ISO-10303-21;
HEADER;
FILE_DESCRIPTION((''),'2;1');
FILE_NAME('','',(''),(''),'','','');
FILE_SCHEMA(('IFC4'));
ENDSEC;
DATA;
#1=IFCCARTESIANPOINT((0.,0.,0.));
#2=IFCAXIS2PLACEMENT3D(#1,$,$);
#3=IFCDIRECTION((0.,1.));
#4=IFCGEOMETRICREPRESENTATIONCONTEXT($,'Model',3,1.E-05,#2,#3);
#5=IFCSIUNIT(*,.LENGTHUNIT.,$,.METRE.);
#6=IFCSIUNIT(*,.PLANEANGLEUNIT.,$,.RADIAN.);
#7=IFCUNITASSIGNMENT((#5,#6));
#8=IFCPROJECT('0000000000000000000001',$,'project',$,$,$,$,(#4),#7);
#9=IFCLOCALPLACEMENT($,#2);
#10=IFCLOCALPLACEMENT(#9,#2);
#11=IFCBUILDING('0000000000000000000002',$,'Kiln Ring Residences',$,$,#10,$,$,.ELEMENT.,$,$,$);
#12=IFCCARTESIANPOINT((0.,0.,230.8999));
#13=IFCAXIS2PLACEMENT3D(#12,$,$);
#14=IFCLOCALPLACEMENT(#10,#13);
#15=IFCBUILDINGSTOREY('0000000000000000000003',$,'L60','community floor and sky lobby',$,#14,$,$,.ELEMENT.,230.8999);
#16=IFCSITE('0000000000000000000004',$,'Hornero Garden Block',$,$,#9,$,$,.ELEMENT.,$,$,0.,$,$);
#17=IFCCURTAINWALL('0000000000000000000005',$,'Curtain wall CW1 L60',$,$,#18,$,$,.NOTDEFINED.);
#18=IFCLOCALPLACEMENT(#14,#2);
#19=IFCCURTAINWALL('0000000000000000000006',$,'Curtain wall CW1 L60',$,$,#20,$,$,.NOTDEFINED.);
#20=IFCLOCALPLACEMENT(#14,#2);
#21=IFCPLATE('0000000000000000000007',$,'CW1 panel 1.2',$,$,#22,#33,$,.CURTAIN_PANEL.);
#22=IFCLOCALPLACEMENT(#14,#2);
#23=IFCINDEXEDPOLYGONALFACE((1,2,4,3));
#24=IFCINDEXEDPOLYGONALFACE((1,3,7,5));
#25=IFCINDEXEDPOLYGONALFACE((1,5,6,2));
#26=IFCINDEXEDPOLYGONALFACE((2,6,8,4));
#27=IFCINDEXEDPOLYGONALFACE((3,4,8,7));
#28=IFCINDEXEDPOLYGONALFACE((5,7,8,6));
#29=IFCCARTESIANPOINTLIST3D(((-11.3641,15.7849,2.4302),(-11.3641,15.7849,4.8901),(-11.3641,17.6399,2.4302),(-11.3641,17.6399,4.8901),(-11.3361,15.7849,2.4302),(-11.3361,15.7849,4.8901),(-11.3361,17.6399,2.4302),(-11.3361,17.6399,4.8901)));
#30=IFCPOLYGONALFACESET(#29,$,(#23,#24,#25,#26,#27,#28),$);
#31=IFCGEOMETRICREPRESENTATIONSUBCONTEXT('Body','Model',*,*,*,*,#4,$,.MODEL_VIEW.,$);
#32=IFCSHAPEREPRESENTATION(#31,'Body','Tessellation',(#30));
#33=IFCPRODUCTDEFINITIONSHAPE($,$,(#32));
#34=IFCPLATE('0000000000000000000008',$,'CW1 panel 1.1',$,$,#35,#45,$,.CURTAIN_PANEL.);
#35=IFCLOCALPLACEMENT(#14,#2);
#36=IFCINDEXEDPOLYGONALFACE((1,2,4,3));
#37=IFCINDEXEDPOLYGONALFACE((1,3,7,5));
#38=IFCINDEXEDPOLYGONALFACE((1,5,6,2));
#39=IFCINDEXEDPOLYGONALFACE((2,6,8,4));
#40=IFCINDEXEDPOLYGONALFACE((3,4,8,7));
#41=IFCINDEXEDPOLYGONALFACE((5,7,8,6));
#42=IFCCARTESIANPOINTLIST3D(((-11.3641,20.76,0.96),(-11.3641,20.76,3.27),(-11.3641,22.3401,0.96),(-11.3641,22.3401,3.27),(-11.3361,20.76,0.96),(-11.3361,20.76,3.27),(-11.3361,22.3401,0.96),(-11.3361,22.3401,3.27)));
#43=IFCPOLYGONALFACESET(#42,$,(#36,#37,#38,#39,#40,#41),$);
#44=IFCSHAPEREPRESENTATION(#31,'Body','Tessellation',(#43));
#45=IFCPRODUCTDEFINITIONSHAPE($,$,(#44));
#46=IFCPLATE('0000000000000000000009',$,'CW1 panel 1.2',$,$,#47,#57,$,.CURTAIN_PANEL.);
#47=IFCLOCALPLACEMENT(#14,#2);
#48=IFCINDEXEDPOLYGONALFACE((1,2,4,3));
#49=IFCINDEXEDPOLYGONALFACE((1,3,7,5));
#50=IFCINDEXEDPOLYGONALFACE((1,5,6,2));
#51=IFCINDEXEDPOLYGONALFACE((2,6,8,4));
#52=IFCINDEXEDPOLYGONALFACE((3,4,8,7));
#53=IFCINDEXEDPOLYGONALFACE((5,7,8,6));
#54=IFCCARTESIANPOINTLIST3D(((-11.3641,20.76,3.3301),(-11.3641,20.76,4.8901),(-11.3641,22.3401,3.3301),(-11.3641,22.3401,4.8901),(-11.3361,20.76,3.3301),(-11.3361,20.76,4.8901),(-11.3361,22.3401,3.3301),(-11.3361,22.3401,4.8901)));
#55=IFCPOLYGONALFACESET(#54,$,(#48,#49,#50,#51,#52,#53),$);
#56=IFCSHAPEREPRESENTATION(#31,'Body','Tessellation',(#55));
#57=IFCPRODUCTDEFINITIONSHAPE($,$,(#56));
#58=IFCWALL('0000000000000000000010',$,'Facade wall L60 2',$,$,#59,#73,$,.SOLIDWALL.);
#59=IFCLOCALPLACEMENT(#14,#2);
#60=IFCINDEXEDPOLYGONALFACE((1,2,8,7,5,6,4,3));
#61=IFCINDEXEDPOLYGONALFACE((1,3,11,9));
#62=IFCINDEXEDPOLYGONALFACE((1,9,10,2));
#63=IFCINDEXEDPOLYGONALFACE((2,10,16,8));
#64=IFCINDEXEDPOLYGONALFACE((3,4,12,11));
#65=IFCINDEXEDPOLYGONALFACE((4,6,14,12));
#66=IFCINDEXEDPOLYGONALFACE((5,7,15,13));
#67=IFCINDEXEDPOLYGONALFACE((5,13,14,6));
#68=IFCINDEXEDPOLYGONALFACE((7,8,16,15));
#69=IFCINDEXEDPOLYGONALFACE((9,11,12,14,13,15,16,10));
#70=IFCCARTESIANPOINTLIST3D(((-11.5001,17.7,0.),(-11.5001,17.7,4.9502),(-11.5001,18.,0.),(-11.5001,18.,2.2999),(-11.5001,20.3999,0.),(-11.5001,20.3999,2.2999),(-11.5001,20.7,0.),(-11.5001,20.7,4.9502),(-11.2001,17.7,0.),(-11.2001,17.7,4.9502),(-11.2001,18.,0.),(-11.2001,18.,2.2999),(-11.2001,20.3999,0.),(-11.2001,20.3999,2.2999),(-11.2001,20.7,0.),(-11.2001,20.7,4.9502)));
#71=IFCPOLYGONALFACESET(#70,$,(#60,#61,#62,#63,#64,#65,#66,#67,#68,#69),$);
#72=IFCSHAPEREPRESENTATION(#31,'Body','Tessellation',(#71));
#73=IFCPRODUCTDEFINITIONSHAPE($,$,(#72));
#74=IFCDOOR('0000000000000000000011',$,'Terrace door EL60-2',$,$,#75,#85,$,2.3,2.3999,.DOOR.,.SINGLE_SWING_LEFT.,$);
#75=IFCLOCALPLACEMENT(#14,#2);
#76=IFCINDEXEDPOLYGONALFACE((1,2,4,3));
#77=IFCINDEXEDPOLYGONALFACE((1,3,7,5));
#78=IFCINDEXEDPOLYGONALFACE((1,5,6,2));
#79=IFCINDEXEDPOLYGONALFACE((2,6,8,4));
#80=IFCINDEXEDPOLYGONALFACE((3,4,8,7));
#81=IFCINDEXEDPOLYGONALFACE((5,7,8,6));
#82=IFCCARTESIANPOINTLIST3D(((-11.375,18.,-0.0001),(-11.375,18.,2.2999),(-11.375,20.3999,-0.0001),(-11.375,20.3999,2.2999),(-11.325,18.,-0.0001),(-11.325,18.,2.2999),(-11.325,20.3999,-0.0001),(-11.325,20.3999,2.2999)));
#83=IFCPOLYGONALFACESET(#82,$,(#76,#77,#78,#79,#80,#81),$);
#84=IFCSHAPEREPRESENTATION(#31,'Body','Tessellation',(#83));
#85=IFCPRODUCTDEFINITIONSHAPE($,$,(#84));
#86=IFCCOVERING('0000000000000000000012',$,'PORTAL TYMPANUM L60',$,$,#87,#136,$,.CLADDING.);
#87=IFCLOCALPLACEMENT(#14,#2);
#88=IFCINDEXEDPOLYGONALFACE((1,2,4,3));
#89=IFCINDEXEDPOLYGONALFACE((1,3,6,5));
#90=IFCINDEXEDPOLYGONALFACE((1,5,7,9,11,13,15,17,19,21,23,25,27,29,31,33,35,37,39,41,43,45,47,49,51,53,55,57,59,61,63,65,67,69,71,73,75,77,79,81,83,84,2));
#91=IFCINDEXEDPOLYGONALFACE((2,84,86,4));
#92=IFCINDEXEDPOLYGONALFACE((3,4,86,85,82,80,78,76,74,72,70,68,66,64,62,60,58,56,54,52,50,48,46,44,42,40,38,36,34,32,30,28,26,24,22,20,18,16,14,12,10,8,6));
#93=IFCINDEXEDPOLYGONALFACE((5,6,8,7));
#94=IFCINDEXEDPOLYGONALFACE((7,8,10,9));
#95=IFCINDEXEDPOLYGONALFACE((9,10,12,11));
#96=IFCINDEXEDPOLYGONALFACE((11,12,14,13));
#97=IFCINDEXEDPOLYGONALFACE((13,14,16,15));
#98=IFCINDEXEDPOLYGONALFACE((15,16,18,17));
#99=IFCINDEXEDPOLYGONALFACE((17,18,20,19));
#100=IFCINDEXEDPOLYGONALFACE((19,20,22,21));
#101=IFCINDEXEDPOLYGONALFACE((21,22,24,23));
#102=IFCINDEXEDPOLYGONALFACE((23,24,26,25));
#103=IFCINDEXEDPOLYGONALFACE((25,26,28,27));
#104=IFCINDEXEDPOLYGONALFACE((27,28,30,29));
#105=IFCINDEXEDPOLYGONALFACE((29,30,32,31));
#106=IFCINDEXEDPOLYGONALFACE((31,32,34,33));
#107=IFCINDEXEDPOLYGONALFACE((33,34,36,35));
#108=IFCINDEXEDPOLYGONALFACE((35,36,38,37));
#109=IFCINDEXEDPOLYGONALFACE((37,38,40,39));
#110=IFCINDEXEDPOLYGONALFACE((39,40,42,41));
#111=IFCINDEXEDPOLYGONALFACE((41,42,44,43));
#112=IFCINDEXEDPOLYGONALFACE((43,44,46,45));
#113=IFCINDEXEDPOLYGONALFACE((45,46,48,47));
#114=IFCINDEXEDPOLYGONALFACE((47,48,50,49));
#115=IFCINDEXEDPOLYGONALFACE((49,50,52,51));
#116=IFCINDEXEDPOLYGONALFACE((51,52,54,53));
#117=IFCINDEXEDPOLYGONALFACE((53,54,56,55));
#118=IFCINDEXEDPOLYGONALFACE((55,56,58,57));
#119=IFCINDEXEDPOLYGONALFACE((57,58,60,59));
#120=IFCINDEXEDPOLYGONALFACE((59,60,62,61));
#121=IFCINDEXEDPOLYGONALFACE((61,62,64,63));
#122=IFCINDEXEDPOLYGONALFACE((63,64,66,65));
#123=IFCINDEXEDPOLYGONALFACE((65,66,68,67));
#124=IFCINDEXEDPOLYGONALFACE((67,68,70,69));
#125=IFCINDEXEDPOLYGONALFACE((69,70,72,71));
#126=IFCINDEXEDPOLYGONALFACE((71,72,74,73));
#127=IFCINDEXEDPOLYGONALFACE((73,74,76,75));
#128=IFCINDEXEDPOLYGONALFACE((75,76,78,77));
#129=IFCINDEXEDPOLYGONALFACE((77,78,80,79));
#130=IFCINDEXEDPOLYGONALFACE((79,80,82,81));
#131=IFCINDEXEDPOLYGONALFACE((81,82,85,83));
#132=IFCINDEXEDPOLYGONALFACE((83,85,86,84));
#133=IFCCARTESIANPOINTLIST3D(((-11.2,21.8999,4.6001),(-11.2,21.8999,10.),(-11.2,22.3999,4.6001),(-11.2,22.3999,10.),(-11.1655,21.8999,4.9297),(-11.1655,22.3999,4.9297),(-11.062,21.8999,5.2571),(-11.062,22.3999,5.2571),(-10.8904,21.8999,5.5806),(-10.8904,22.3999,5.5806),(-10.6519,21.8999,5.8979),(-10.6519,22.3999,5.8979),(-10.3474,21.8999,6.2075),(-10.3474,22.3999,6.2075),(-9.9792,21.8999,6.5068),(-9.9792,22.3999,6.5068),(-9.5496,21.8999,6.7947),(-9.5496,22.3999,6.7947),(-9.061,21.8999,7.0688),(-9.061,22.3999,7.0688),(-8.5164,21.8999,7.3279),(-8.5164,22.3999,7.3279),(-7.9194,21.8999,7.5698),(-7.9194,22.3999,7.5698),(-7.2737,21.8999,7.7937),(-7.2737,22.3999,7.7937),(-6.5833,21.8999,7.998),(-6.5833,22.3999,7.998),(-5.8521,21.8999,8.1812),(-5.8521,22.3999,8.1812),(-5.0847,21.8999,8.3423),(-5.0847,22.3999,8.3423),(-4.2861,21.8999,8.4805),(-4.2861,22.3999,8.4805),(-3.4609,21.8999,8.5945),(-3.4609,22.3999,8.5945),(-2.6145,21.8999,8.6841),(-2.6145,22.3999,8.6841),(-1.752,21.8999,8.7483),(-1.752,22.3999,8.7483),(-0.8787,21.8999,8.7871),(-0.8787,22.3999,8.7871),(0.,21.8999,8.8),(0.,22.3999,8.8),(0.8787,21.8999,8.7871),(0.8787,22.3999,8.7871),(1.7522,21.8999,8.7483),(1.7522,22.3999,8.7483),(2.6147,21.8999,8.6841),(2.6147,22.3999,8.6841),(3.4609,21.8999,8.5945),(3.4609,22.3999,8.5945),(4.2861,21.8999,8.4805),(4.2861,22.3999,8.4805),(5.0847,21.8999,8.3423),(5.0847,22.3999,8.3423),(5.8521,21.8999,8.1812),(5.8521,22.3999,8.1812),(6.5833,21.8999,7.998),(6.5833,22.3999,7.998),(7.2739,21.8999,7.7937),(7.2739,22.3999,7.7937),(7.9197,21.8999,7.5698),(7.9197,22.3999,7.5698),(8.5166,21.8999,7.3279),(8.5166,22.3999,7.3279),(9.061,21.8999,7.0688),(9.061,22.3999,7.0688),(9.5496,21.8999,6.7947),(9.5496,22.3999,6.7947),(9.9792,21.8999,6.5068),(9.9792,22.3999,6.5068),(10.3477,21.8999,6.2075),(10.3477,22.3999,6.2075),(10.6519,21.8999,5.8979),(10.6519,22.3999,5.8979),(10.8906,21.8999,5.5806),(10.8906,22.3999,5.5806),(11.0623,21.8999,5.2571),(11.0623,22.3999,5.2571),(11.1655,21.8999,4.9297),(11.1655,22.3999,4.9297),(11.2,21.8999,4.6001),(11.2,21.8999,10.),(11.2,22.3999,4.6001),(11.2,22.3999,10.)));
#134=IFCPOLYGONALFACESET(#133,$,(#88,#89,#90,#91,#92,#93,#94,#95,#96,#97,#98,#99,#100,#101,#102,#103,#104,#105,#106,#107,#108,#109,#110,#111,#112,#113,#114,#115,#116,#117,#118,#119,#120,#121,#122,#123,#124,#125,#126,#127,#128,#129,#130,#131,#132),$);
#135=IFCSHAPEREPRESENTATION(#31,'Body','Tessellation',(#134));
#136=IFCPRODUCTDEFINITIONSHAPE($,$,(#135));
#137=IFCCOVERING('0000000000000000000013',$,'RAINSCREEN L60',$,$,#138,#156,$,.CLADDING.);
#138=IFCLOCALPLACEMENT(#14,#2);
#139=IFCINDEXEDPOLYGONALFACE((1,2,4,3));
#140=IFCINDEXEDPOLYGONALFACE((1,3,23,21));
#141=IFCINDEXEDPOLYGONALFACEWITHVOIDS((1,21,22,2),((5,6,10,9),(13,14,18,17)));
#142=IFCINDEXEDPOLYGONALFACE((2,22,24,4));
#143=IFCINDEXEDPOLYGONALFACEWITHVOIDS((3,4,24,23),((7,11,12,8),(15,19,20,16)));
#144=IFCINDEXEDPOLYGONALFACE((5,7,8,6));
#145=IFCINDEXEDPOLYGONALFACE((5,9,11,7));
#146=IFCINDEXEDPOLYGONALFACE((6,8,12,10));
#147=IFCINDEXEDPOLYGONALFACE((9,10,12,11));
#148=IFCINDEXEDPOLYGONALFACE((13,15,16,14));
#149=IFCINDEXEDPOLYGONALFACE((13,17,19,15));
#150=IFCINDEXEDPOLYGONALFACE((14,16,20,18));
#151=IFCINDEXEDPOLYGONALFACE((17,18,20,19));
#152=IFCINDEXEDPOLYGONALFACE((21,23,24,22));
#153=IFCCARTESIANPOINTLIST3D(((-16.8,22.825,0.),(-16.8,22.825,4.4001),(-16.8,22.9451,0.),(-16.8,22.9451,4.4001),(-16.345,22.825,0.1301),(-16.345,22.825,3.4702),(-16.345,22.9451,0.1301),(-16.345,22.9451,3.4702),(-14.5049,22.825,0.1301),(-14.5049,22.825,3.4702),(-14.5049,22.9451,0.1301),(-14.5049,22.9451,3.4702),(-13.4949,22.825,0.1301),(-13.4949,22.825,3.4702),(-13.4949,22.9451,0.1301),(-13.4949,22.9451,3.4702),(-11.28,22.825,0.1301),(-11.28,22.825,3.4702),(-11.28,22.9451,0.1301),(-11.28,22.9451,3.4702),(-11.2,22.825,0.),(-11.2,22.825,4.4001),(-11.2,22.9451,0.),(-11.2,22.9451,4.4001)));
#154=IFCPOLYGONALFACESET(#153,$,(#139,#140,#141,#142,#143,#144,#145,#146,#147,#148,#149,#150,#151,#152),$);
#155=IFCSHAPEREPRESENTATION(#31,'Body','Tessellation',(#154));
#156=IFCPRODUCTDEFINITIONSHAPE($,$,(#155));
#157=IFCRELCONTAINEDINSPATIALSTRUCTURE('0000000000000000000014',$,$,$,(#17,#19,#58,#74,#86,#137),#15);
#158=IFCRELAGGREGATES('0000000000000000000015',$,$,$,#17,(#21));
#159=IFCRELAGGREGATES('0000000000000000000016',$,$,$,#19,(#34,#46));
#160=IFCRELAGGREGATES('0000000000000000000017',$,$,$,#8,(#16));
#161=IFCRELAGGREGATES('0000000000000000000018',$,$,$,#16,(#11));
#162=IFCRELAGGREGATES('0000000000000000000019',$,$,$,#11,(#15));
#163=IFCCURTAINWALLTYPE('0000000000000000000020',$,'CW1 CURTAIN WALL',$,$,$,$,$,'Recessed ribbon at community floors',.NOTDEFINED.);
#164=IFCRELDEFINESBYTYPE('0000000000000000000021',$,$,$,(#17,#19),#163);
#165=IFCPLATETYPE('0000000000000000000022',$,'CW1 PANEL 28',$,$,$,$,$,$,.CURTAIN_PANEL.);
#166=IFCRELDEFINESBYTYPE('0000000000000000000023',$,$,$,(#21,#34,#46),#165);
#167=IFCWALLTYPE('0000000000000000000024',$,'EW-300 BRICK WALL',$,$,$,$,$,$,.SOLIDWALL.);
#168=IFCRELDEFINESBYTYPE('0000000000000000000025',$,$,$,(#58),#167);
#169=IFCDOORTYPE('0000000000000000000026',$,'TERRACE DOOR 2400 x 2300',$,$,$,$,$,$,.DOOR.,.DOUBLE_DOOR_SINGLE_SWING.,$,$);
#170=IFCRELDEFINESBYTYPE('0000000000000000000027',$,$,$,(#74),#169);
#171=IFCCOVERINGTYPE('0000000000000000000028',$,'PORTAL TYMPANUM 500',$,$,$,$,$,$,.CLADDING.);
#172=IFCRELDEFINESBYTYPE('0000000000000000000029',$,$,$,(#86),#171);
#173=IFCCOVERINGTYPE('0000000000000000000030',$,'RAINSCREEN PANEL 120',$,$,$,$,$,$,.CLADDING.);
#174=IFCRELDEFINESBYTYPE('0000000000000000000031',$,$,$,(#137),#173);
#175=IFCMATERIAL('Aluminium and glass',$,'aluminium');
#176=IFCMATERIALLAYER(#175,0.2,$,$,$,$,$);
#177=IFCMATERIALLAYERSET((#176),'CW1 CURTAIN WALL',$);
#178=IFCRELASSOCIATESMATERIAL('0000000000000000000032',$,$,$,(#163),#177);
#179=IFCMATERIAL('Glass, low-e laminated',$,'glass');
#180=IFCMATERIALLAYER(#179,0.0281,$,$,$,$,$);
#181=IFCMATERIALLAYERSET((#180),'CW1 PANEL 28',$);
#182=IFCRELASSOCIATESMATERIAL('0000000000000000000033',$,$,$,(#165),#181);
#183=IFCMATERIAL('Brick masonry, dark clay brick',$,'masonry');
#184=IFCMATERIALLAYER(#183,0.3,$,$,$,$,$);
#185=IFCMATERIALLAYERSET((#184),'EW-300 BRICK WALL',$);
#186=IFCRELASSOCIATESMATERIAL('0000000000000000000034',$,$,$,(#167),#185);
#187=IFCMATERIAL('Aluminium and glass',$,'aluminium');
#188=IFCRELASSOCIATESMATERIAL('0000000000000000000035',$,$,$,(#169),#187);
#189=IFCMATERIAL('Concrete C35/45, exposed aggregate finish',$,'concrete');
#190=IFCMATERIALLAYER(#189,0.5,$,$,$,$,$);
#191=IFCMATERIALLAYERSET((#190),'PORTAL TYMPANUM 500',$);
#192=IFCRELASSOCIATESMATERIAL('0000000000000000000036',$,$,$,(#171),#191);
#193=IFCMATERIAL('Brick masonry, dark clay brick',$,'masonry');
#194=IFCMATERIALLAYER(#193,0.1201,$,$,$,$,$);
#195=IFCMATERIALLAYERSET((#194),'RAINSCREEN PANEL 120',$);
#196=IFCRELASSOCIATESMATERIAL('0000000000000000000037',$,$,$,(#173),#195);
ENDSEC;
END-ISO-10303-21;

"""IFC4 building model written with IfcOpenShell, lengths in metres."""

from ifc_helpers import new_model, si_unit, direction, frame, frame_2d, origin, origin_2d, place, context, subcontext, project, spatial, polyline, rectangle, outline, extrude, material, layer, layer_set, type_object, element, fill, aggregate, save


model = new_model("IFC4")

# Units and contexts
model_context = context("Model", 3, precision=1e-05, world=origin(), true_north=direction((0.0, 1.0)))
body_context = subcontext(model_context, "Body", "Model", "MODEL_VIEW")
ifc_project = project(units=[si_unit("LENGTHUNIT", "METRE"), si_unit("PLANEANGLEUNIT", "RADIAN")], contexts=[model_context])

# Site, building, storey
site_placement = place(None, origin())
site = spatial("IfcSite", under=ifc_project, at=site_placement, Name="Hornero Garden Block", CompositionType="ELEMENT", RefElevation=0.0)
building_placement = place(site_placement, origin())
building = spatial("IfcBuilding", under=site, at=building_placement, Name="Kiln Ring Residences", CompositionType="ELEMENT")
storey_placement = place(building_placement, frame((0.0, 0.0, 230.8999)))
storey = spatial("IfcBuildingStorey", under=building, at=storey_placement, Name="L60", Description="community floor and sky lobby", CompositionType="ELEMENT", Elevation=230.8999)

# Curtain wall
ifc_material_1 = material(Name="Aluminium and glass", Category="aluminium")
ifc_layer_1 = layer(ifc_material_1, 0.2)
ifc_layer_set_1 = layer_set([ifc_layer_1], Name="CW1 CURTAIN WALL")
curtain_wall_type = type_object("IfcCurtainWallType", Name="CW1 CURTAIN WALL", ElementType="Recessed ribbon at community floors", PredefinedType="NOTDEFINED", material=ifc_layer_set_1)
placement = place(storey_placement, origin())
curtain_wall_1 = element("IfcCurtainWall", 1, at=placement, inside=storey, type_object=curtain_wall_type, Name="Curtain wall CW1 L60", PredefinedType="NOTDEFINED")

# Curtain wall
curtain_wall_2 = element("IfcCurtainWall", 2, at=placement, inside=storey, type_object=curtain_wall_type, Name="Curtain wall CW1 L60", PredefinedType="NOTDEFINED")

# Plates
ifc_material_2 = material(Name="Glass, low-e laminated", Category="glass")
ifc_layer_2 = layer(ifc_material_2, 0.0281)
ifc_layer_set_2 = layer_set([ifc_layer_2], Name="CW1 PANEL 28")
plate_type = type_object("IfcPlateType", Name="CW1 PANEL 28", PredefinedType="CURTAIN_PANEL", material=ifc_layer_set_2)
plate_1_placement = place(storey_placement, frame((-11.3501, 16.7124, 2.4302), z_axis=(0.0, 0.0, 1.0), x_axis=(0.0, 1.0, 0.0)))
plate_1 = element("IfcPlate", 3, at=plate_1_placement, type_object=plate_type, Name="CW1 panel 1.2", PredefinedType="CURTAIN_PANEL", context=body_context, shape_type="SweptSolid", body=[
    extrude(rectangle(XDim=1.855, YDim=0.0281, at=origin_2d()), origin(), (0.0, 0.0, 1.0), 2.46),
])
aggregate(curtain_wall_1, [plate_1])
plate_2_placement = place(storey_placement, frame((-11.3501, 21.55, 0.96), z_axis=(0.0, 0.0, 1.0), x_axis=(0.0, 1.0, 0.0)))
plate_2 = element("IfcPlate", 4, at=plate_2_placement, type_object=plate_type, Name="CW1 panel 1.1", PredefinedType="CURTAIN_PANEL", context=body_context, shape_type="SweptSolid", body=[
    extrude(rectangle(XDim=1.5801, YDim=0.0281, at=origin_2d()), origin(), (0.0, 0.0, 1.0), 2.3101),
])
plate_3_placement = place(storey_placement, frame((-11.3501, 21.55, 3.3301), z_axis=(0.0, 0.0, 1.0), x_axis=(0.0, 1.0, 0.0)))
plate_3 = element("IfcPlate", 5, at=plate_3_placement, type_object=plate_type, Name="CW1 panel 1.2", PredefinedType="CURTAIN_PANEL", context=body_context, shape_type="SweptSolid", body=[
    extrude(rectangle(XDim=1.5801, YDim=0.0281, at=origin_2d()), origin(), (0.0, 0.0, 1.0), 1.5601),
])
aggregate(curtain_wall_2, [plate_2, plate_3])

# Wall, opening, door
ifc_material_3 = material(Name="Brick masonry, dark clay brick", Category="masonry")
ifc_layer_3 = layer(ifc_material_3, 0.3)
ifc_layer_set_3 = layer_set([ifc_layer_3], Name="EW-300 BRICK WALL")
wall_type = type_object("IfcWallType", Name="EW-300 BRICK WALL", PredefinedType="SOLIDWALL", material=ifc_layer_set_3)
wall_placement = place(storey_placement, frame((-11.3501, 17.7, 0.0), z_axis=(0.0, 0.0, 1.0), x_axis=(0.0, 1.0, 0.0)))
wall = element("IfcWall", 6, at=wall_placement, inside=storey, type_object=wall_type, Name="Facade wall L60 2", PredefinedType="SOLIDWALL", context=body_context, shape_type="SweptSolid", body=[
    extrude(rectangle(XDim=3.0, YDim=0.3, at=frame_2d((1.5, 0.0))), origin(), (0.0, 0.0, 1.0), 4.9502),
])
opening_placement = place(wall_placement, frame((0.3, 0.0, 0.0)))
opening = element("IfcOpeningElement", 7, at=opening_placement, cuts=wall, PredefinedType="OPENING", context=body_context, shape_type="SweptSolid", body=[
    extrude(rectangle(XDim=2.3999, YDim=2.3, at=frame_2d((1.2, 1.1499))), frame((0.0, 0.1599, 0.0), z_axis=(0.0, -1.0, 0.0), x_axis=(1.0, 0.0, 0.0)), (0.0, 0.0, 1.0), 0.3201),
])
ifc_material_4 = material(Name="Aluminium and glass", Category="aluminium")
door_type = type_object("IfcDoorType", Name="TERRACE DOOR 2400 x 2300", OperationType="DOUBLE_DOOR_SINGLE_SWING", PredefinedType="DOOR", material=ifc_material_4)
door_placement = place(opening_placement, origin())
door = element("IfcDoor", 8, at=door_placement, inside=storey, type_object=door_type, Name="Terrace door EL60-2", OperationType="SINGLE_SWING_LEFT", OverallHeight=2.3, OverallWidth=2.3999, PredefinedType="DOOR", context=body_context, shape_type="SweptSolid", body=[
    extrude(rectangle(XDim=2.3999, YDim=2.3, at=frame_2d((1.2, 1.1499))), frame((0.0, 0.0249, 0.0), z_axis=(0.0, -1.0, 0.0), x_axis=(1.0, 0.0, 0.0)), (0.0, 0.0, 1.0), 0.05),
])
fill(opening, door)

# Coverings
ifc_material_5 = material(Name="Concrete C35/45, exposed aggregate finish", Category="concrete")
ifc_layer_4 = layer(ifc_material_5, 0.5)
ifc_layer_set_4 = layer_set([ifc_layer_4], Name="PORTAL TYMPANUM 500")
covering_type_1 = type_object("IfcCoveringType", Name="PORTAL TYMPANUM 500", PredefinedType="CLADDING", material=ifc_layer_set_4)
covering_1_placement = place(storey_placement, frame((-11.2, 22.1499, 4.6001), z_axis=(0.0, 0.0, 1.0), x_axis=(1.0, 0.0, 0.0)))
element("IfcCovering", 9, at=covering_1_placement, inside=storey, type_object=covering_type_1, Name="PORTAL TYMPANUM L60", PredefinedType="CLADDING", context=body_context, shape_type="SweptSolid", body=[
    extrude(outline(polyline([(0.0, 0.0), (0.0, 5.3999), (22.3999, 5.3999), (22.3999, 0.0), (22.3655, 0.3296), (22.2622, 0.657), (22.0906, 0.9805), (21.8518, 1.2979), (21.5476, 1.6074), (21.1792, 1.9067), (20.7495, 2.1946), (20.261, 2.4688), (19.7166, 2.7278), (19.1196, 2.9697), (18.4739, 3.1936), (17.7832, 3.3979), (17.052, 3.5811), (16.2847, 3.7422), (15.4861, 3.8804), (14.6609, 3.9944), (13.8147, 4.084), (12.9521, 4.1482), (12.0786, 4.187), (11.2, 4.2), (10.3213, 4.187), (9.448, 4.1482), (8.5854, 4.084), (7.739, 3.9944), (6.9138, 3.8804), (6.1152, 3.7422), (5.3479, 3.5811), (4.6167, 3.3979), (3.9263, 3.1936), (3.2805, 2.9697), (2.6836, 2.7278), (2.1389, 2.4688), (1.6504, 2.1946), (1.2207, 1.9067), (0.8525, 1.6074), (0.5481, 1.2979), (0.3096, 0.9805), (0.1379, 0.657), (0.0344, 0.3296), (0.0, 0.0)])), frame((0.0, 0.25, 0.0), z_axis=(0.0, -1.0, 0.0), x_axis=(1.0, 0.0, 0.0)), (0.0, 0.0, 1.0), 0.5),
])
ifc_material_6 = material(Name="Brick masonry, dark clay brick", Category="masonry")
ifc_layer_5 = layer(ifc_material_6, 0.1201)
ifc_layer_set_5 = layer_set([ifc_layer_5], Name="RAINSCREEN PANEL 120")
covering_type_2 = type_object("IfcCoveringType", Name="RAINSCREEN PANEL 120", PredefinedType="CLADDING", material=ifc_layer_set_5)
covering_2_placement = place(storey_placement, frame((-11.2, 22.885, 0.0), z_axis=(0.0, 0.0, 1.0), x_axis=(-1.0, 0.0, 0.0)))
element("IfcCovering", 10, at=covering_2_placement, inside=storey, type_object=covering_type_2, Name="RAINSCREEN L60", PredefinedType="CLADDING", context=body_context, shape_type="SweptSolid", body=[
    extrude(outline(polyline([(0.0, 0.0), (5.6001, 0.0), (5.6001, 4.4001), (0.0, 4.4001), (0.0, 0.0)]), holes=[polyline([(2.2949, 3.4702), (0.0801, 3.4702), (0.0801, 0.1301), (2.2949, 0.1301), (2.2949, 3.4702)]), polyline([(5.145, 3.4702), (3.3049, 3.4702), (3.3049, 0.1301), (5.145, 0.1301), (5.145, 3.4702)])]), frame((0.0, 0.0601, 0.0), z_axis=(0.0, -1.0, 0.0), x_axis=(1.0, 0.0, 0.0)), (0.0, 0.0, 1.0), 0.1201),
])

save(model, "model.ifc")
